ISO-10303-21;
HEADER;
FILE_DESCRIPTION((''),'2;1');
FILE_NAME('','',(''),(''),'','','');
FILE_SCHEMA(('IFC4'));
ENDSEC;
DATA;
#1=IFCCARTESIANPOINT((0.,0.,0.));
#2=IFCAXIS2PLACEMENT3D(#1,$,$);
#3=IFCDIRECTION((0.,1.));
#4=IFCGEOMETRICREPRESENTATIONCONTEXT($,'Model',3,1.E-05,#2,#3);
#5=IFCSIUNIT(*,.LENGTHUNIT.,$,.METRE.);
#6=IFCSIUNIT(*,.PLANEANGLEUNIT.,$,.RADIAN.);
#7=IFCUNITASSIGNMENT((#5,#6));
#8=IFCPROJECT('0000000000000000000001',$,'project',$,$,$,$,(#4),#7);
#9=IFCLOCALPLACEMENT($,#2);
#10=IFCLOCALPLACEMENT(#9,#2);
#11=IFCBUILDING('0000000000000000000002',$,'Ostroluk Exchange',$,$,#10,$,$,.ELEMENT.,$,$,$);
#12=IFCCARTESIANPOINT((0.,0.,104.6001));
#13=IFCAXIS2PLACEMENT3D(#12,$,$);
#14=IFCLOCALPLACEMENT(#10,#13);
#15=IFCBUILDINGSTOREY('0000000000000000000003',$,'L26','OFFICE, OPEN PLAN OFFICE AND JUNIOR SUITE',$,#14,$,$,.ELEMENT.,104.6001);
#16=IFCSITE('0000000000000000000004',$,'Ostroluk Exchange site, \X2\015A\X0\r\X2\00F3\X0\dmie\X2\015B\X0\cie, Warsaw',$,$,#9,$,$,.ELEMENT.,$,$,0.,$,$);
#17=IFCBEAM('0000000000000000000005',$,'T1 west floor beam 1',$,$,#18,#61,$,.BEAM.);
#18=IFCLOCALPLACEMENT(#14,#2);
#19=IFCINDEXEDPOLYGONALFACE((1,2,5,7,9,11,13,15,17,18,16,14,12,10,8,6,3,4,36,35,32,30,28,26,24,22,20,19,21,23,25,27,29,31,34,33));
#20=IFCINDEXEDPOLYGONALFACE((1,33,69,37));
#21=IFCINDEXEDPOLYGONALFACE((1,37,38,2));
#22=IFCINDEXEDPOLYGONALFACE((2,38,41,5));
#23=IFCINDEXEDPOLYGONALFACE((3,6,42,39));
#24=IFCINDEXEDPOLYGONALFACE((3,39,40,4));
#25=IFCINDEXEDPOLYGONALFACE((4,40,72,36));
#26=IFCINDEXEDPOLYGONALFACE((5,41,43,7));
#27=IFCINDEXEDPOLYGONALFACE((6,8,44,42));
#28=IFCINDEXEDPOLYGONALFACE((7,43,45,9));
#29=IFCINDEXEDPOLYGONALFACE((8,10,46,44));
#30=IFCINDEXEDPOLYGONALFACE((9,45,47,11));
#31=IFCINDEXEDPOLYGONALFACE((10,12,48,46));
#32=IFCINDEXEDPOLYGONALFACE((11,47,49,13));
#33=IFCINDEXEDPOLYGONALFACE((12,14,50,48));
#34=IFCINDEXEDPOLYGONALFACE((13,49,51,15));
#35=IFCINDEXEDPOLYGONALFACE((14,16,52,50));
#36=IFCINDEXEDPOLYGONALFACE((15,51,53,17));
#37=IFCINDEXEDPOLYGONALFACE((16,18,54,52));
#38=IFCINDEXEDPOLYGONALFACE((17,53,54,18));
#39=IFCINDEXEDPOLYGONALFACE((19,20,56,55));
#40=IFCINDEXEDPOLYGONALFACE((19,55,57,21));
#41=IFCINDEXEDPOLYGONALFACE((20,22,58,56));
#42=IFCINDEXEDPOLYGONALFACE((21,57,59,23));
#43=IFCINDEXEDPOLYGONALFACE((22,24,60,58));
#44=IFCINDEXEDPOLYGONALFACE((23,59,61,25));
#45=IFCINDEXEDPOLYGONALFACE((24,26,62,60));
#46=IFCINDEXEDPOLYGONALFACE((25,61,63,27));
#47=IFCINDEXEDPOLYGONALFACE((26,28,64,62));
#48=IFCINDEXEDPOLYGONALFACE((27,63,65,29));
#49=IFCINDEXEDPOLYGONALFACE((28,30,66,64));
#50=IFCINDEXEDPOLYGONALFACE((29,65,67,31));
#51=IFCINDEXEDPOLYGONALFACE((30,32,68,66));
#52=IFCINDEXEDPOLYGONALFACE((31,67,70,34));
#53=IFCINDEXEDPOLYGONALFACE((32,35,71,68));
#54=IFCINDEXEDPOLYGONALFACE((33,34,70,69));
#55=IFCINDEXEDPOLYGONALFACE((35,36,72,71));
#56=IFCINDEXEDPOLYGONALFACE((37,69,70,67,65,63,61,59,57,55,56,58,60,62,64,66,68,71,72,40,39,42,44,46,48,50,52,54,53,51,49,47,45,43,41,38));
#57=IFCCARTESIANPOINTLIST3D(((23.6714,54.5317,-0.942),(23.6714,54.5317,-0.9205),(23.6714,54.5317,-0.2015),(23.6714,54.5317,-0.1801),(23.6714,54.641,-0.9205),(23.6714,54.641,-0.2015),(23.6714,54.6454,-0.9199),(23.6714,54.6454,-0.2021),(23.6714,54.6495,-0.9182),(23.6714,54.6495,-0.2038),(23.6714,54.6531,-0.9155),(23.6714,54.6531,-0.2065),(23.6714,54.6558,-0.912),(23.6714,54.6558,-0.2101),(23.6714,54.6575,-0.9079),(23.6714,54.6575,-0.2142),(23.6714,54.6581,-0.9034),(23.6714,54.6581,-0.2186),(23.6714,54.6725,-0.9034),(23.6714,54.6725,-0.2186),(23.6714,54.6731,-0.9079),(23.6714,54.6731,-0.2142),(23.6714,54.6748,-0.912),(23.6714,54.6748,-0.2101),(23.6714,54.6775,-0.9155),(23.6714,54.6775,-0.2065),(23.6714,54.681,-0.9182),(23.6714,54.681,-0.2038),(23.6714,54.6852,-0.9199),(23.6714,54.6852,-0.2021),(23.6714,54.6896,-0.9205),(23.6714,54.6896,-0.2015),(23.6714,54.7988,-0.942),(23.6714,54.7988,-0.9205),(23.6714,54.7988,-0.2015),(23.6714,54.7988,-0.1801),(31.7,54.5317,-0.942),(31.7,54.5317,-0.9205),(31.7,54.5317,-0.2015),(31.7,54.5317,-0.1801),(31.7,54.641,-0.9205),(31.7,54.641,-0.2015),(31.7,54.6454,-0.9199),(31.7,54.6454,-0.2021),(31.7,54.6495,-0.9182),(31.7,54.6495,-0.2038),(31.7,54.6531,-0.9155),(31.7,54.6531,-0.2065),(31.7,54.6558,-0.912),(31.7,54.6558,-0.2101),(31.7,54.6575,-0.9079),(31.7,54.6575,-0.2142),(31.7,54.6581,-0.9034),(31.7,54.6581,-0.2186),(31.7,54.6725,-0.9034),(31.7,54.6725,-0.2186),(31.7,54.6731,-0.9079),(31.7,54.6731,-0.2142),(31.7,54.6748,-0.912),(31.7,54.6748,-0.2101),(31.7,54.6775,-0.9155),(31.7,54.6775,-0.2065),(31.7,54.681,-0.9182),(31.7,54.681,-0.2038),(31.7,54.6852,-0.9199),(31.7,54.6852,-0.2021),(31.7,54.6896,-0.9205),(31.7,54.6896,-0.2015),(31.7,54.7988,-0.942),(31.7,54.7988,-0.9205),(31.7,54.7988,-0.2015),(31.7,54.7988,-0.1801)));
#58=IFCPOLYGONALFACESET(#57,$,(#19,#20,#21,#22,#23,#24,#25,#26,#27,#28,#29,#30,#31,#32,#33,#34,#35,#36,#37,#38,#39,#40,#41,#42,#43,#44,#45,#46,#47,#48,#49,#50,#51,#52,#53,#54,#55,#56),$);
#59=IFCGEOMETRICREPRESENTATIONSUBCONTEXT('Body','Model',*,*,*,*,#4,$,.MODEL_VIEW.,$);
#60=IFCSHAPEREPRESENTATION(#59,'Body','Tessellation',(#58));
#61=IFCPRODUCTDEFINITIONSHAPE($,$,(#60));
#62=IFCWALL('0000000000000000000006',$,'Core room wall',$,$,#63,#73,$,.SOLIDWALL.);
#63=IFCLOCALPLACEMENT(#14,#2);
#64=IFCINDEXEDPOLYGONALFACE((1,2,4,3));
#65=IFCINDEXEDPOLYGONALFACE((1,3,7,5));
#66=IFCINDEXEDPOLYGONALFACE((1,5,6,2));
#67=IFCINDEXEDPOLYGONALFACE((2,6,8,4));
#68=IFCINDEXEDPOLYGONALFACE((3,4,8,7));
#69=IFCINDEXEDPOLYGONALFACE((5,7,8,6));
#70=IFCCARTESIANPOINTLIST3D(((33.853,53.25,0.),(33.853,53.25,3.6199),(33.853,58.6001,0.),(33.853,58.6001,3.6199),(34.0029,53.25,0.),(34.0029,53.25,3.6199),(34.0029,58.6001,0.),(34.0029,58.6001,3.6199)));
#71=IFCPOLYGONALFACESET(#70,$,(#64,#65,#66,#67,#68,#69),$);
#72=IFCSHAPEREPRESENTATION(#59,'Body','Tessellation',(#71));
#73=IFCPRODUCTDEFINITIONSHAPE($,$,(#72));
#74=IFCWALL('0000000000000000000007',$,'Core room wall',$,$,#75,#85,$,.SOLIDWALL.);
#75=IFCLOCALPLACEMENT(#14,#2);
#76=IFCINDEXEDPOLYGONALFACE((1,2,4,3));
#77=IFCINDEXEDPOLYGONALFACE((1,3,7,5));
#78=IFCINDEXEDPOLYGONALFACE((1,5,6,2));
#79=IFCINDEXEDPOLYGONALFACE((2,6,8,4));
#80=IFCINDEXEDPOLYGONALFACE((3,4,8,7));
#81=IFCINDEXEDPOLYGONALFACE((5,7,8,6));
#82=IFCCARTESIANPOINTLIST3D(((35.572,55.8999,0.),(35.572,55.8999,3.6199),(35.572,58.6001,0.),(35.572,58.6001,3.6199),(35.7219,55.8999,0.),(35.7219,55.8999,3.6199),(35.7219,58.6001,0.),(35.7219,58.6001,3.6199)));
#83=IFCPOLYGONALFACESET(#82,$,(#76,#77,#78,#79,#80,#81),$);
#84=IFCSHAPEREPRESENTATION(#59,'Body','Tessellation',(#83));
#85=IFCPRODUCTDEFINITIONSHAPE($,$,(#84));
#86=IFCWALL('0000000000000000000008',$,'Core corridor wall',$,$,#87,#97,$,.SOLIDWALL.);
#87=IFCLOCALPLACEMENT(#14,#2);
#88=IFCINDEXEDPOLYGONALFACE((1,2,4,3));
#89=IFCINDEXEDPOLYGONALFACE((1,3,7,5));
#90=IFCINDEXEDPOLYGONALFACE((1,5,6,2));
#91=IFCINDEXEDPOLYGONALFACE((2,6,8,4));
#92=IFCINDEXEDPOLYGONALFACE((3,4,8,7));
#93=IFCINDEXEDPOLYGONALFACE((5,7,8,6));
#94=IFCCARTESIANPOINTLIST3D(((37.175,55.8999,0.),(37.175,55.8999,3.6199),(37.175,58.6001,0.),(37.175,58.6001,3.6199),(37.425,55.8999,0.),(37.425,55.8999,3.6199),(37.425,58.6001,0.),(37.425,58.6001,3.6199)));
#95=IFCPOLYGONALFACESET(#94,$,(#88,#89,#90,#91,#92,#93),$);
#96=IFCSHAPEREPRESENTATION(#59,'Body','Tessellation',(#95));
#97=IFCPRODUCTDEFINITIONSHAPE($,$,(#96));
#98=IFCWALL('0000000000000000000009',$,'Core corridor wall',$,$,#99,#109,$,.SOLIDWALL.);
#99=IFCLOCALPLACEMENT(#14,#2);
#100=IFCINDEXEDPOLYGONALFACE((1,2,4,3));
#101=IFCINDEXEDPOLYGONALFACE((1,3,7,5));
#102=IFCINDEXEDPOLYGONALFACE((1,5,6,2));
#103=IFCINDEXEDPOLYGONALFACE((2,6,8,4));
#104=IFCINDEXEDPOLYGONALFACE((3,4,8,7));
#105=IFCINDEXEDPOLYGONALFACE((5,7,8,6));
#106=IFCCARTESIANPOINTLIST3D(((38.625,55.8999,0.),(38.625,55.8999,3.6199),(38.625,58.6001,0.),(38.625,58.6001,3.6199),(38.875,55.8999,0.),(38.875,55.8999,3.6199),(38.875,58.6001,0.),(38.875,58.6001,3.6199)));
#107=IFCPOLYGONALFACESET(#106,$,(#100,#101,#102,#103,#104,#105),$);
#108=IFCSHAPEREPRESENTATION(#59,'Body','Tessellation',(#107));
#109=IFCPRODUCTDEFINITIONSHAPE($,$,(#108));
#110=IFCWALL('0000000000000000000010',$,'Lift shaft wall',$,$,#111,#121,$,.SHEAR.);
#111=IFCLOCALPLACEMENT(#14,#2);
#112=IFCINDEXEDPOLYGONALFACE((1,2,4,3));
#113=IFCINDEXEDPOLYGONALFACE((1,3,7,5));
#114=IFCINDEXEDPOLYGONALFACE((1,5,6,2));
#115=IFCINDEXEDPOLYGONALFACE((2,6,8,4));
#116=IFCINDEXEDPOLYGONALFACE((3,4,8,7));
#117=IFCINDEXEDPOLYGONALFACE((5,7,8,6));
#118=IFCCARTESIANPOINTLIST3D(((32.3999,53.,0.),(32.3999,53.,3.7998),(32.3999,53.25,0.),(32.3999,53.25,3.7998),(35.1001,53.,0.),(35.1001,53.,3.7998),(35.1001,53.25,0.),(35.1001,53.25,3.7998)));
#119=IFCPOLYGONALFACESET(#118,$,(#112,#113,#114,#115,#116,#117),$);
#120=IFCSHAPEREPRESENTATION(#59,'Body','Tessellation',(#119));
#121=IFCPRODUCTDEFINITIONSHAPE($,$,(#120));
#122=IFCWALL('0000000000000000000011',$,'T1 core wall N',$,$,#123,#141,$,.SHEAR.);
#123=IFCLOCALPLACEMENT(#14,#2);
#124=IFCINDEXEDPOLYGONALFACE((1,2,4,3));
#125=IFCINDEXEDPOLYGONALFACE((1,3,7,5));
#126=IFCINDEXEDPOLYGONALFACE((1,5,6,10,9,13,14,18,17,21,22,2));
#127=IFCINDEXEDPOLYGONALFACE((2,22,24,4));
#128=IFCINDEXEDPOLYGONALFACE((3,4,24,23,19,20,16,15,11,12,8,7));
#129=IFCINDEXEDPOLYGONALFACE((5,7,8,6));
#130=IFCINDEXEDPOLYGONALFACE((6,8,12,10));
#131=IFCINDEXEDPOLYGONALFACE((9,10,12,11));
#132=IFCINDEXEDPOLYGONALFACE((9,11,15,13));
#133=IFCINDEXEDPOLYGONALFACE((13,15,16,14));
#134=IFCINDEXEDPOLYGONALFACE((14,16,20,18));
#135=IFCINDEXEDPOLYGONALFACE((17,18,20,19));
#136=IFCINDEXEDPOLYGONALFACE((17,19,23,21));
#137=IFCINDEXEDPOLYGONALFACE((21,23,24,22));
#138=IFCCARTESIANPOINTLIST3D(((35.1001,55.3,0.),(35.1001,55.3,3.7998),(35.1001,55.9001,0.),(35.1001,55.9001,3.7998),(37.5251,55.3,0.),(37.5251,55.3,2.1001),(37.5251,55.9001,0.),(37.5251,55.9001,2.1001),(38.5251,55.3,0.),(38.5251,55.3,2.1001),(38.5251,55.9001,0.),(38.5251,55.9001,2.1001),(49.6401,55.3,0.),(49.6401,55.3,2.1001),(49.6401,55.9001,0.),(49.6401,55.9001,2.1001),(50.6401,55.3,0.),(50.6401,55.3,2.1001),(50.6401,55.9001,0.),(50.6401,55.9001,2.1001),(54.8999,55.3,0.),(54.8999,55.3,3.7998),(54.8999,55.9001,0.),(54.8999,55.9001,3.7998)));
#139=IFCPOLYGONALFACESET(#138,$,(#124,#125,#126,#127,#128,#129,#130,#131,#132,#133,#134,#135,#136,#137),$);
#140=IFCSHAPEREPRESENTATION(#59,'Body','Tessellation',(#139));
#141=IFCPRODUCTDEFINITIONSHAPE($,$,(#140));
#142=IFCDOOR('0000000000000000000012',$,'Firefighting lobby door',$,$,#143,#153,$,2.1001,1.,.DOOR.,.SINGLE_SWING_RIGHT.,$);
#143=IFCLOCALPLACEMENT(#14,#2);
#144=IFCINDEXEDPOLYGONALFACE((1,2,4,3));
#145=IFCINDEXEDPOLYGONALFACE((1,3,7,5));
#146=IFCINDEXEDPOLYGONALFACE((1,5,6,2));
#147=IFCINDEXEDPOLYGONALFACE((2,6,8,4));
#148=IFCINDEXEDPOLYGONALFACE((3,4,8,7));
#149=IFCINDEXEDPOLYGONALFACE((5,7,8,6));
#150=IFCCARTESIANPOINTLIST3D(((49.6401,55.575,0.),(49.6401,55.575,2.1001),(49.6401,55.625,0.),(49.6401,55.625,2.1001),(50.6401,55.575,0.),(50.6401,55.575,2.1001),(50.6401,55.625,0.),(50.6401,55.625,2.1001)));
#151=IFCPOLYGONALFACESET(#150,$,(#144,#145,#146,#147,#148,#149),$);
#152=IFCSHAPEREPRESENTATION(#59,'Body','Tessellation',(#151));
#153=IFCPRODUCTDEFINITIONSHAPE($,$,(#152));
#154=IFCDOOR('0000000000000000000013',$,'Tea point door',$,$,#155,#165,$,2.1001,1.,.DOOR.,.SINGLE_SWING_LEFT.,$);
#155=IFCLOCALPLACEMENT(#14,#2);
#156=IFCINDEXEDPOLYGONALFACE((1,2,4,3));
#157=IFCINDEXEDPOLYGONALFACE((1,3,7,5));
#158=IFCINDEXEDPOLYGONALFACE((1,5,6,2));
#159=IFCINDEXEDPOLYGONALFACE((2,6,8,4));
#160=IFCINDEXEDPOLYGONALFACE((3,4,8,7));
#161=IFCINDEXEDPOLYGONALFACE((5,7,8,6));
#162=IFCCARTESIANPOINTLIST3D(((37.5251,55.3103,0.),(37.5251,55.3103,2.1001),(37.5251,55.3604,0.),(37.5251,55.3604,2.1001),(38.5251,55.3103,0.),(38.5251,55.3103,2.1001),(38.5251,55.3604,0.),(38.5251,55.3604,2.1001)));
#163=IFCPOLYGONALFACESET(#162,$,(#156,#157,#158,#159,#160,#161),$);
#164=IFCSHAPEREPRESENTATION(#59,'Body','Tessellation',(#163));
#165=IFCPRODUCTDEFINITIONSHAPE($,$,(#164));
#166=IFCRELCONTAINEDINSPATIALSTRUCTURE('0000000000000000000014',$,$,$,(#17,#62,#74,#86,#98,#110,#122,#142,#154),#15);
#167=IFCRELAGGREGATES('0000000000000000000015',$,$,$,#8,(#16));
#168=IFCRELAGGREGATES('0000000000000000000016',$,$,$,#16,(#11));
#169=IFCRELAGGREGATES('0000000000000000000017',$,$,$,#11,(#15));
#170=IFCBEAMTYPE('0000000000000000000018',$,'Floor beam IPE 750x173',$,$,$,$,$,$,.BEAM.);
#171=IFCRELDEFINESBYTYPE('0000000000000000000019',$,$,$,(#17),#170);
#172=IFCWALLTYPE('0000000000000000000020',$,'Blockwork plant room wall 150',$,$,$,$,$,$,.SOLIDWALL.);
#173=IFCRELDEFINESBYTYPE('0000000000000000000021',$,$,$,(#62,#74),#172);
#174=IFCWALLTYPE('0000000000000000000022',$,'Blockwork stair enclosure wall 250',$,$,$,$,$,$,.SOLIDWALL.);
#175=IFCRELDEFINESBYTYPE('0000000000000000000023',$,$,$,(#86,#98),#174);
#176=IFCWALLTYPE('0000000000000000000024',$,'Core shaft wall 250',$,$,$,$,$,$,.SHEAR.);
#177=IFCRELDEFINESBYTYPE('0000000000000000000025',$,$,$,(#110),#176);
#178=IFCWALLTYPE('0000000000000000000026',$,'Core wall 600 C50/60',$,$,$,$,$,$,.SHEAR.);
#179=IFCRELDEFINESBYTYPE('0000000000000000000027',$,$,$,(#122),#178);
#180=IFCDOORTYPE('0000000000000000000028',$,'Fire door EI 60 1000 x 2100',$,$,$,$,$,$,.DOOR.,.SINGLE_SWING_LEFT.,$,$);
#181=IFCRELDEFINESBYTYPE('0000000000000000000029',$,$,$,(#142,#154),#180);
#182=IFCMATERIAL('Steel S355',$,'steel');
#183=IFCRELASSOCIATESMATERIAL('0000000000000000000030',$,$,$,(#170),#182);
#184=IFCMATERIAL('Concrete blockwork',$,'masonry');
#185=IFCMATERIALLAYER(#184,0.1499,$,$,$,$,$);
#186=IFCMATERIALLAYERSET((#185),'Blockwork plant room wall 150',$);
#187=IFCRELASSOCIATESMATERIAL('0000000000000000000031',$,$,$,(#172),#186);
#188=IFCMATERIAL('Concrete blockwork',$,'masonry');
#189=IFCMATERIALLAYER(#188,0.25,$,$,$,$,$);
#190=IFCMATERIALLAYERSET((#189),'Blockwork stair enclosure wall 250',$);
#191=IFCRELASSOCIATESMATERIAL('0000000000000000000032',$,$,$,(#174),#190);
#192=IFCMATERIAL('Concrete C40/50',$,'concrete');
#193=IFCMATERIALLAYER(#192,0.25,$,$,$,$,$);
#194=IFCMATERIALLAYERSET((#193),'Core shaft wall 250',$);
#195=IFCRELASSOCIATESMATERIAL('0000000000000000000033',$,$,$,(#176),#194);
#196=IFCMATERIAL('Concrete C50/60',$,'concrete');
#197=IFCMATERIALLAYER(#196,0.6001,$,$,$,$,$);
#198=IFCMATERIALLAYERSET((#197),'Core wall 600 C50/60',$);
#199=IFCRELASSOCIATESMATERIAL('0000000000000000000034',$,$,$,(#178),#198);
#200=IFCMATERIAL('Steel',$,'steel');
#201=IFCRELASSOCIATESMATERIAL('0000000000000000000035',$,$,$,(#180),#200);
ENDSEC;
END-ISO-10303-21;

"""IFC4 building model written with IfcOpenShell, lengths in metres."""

from ifc_helpers import new_model, si_unit, direction, frame, frame_2d, origin, origin_2d, place, context, subcontext, project, spatial, rectangle, i_section, extrude, material, layer, layer_set, material_profile, profile_set, type_object, element, fill, save


model = new_model("IFC4")

# Units and contexts
model_context = context("Model", 3, precision=1e-05, world=origin(), true_north=direction((0.0, 1.0)))
body_context = subcontext(model_context, "Body", "Model", "MODEL_VIEW")
ifc_project = project(units=[si_unit("LENGTHUNIT", "METRE"), si_unit("PLANEANGLEUNIT", "RADIAN")], contexts=[model_context])

# Site, building, storey
site_placement = place(None, origin())
site = spatial("IfcSite", under=ifc_project, at=site_placement, Name="Ostroluk Exchange site, Śródmieście, Warsaw", CompositionType="ELEMENT", RefElevation=0.0)
building_placement = place(site_placement, origin())
building = spatial("IfcBuilding", under=site, at=building_placement, Name="Ostroluk Exchange", CompositionType="ELEMENT")
storey_placement = place(building_placement, frame((0.0, 0.0, 104.6001)))
storey = spatial("IfcBuildingStorey", under=building, at=storey_placement, Name="L26", Description="OFFICE, OPEN PLAN OFFICE AND JUNIOR SUITE", CompositionType="ELEMENT", Elevation=104.6001)

# Beam
ifc_material_1 = material(Name="Steel S355", Category="steel")
ifc_material_profile = material_profile(ifc_material_1, i_section(OverallWidth=0.2671, OverallDepth=0.762, WebThickness=0.0144, FlangeThickness=0.0215, FilletRadius=0.0171, at=origin_2d()), Name="IPE 750x173")
ifc_profile_set = profile_set([ifc_material_profile], Name="Steel S355")
beam_type = type_object("IfcBeamType", Name="Floor beam IPE 750x173", PredefinedType="BEAM", material=ifc_profile_set)
beam_placement = place(storey_placement, frame((31.7, 54.6653, -0.561), z_axis=(-1.0, 0.0, 0.0), x_axis=(0.0, -1.0, 0.0)))
element("IfcBeam", 1, at=beam_placement, inside=storey, type_object=beam_type, Name="T1 west floor beam 1", PredefinedType="BEAM", context=body_context, shape_type="SweptSolid", body=[
    extrude(i_section(OverallWidth=0.2671, OverallDepth=0.762, WebThickness=0.0144, FlangeThickness=0.0215, FilletRadius=0.0171, at=origin_2d()), origin(), (0.0, 0.0, 1.0), 8.0286),
])

# Walls
ifc_material_2 = material(Name="Concrete blockwork", Category="masonry")
ifc_layer_1 = layer(ifc_material_2, 0.1499)
ifc_layer_set_1 = layer_set([ifc_layer_1], Name="Blockwork plant room wall 150")
wall_type_1 = type_object("IfcWallType", Name="Blockwork plant room wall 150", PredefinedType="SOLIDWALL", material=ifc_layer_set_1)
wall_1_placement = place(storey_placement, frame((33.928, 53.25, 0.0), z_axis=(0.0, 0.0, 1.0), x_axis=(0.0, 1.0, 0.0)))
element("IfcWall", 2, at=wall_1_placement, inside=storey, type_object=wall_type_1, Name="Core room wall", PredefinedType="SOLIDWALL", context=body_context, shape_type="SweptSolid", body=[
    extrude(rectangle(XDim=5.3501, YDim=0.1499, at=frame_2d((2.675, 0.0))), origin(), (0.0, 0.0, 1.0), 3.6199),
])
wall_2_placement = place(storey_placement, frame((35.647, 55.8999, 0.0), z_axis=(0.0, 0.0, 1.0), x_axis=(0.0, 1.0, 0.0)))
element("IfcWall", 3, at=wall_2_placement, inside=storey, type_object=wall_type_1, Name="Core room wall", PredefinedType="SOLIDWALL", context=body_context, shape_type="SweptSolid", body=[
    extrude(rectangle(XDim=2.7002, YDim=0.1499, at=frame_2d((1.3501, 0.0))), origin(), (0.0, 0.0, 1.0), 3.6199),
])
ifc_material_3 = material(Name="Concrete blockwork", Category="masonry")
ifc_layer_2 = layer(ifc_material_3, 0.25)
ifc_layer_set_2 = layer_set([ifc_layer_2], Name="Blockwork stair enclosure wall 250")
wall_type_2 = type_object("IfcWallType", Name="Blockwork stair enclosure wall 250", PredefinedType="SOLIDWALL", material=ifc_layer_set_2)
for number, where, z_axis, x_axis, name in (
    (4, (37.3, 55.8999, 0.0), (0.0, 0.0, 1.0), (0.0, 1.0, 0.0), "Core corridor wall"),
    (5, (38.75, 55.8999, 0.0), (0.0, 0.0, 1.0), (0.0, 1.0, 0.0), "Core corridor wall"),
):
    element("IfcWall", number, at=place(storey_placement, frame(where, z_axis=z_axis, x_axis=x_axis)), inside=storey, type_object=wall_type_2, Name=name, PredefinedType="SOLIDWALL", context=body_context, shape_type="SweptSolid", body=[
        extrude(rectangle(XDim=2.7002, YDim=0.25, at=frame_2d((1.3501, 0.0))), origin(), (0.0, 0.0, 1.0), 3.6199),
    ])
ifc_material_4 = material(Name="Concrete C40/50", Category="concrete")
ifc_layer_3 = layer(ifc_material_4, 0.25)
ifc_layer_set_3 = layer_set([ifc_layer_3], Name="Core shaft wall 250")
wall_type_3 = type_object("IfcWallType", Name="Core shaft wall 250", PredefinedType="SHEAR", material=ifc_layer_set_3)
wall_3_placement = place(storey_placement, frame((32.3999, 53.125, 0.0), z_axis=(0.0, 0.0, 1.0), x_axis=(1.0, 0.0, 0.0)))
element("IfcWall", 6, at=wall_3_placement, inside=storey, type_object=wall_type_3, Name="Lift shaft wall", PredefinedType="SHEAR", context=body_context, shape_type="SweptSolid", body=[
    extrude(rectangle(XDim=2.7002, YDim=0.25, at=frame_2d((1.3501, 0.0))), origin(), (0.0, 0.0, 1.0), 3.7998),
])

# Wall, openings, doors
ifc_material_5 = material(Name="Concrete C50/60", Category="concrete")
ifc_layer_4 = layer(ifc_material_5, 0.6001)
ifc_layer_set_4 = layer_set([ifc_layer_4], Name="Core wall 600 C50/60")
wall_type_4 = type_object("IfcWallType", Name="Core wall 600 C50/60", PredefinedType="SHEAR", material=ifc_layer_set_4)
wall_4_placement = place(storey_placement, frame((35.1001, 55.6001, 0.0), z_axis=(0.0, 0.0, 1.0), x_axis=(1.0, 0.0, 0.0)))
wall_4 = element("IfcWall", 7, at=wall_4_placement, inside=storey, type_object=wall_type_4, Name="T1 core wall N", PredefinedType="SHEAR", context=body_context, shape_type="SweptSolid", body=[
    extrude(rectangle(XDim=19.7998, YDim=0.6001, at=frame_2d((9.8999, 0.0))), origin(), (0.0, 0.0, 1.0), 3.7998),
])
opening_1_placement = place(wall_4_placement, frame((14.54, 0.0, 0.0)))
opening_1 = element("IfcOpeningElement", 8, at=opening_1_placement, cuts=wall_4, PredefinedType="OPENING", context=body_context, shape_type="SweptSolid", body=[
    extrude(rectangle(XDim=1.0, YDim=2.1001, at=frame_2d((0.5, 1.05))), frame((0.0, 0.3101, 0.0), z_axis=(0.0, -1.0, 0.0), x_axis=(1.0, 0.0, 0.0)), (0.0, 0.0, 1.0), 0.6201),
])
opening_2_placement = place(wall_4_placement, frame((2.425, 0.0, 0.0)))
opening_2 = element("IfcOpeningElement", 9, at=opening_2_placement, cuts=wall_4, PredefinedType="OPENING", context=body_context, shape_type="SweptSolid", body=[
    extrude(rectangle(XDim=1.0, YDim=2.1001, at=frame_2d((0.5, 1.05))), frame((0.0, 0.3101, 0.0), z_axis=(0.0, -1.0, 0.0), x_axis=(1.0, 0.0, 0.0)), (0.0, 0.0, 1.0), 0.6201),
])
ifc_material_6 = material(Name="Steel", Category="steel")
door_type = type_object("IfcDoorType", Name="Fire door EI 60 1000 x 2100", OperationType="SINGLE_SWING_LEFT", PredefinedType="DOOR", material=ifc_material_6)
door_1_placement = place(opening_1_placement, origin())
door_1 = element("IfcDoor", 10, at=door_1_placement, inside=storey, type_object=door_type, Name="Firefighting lobby door", OperationType="SINGLE_SWING_RIGHT", OverallHeight=2.1001, OverallWidth=1.0, PredefinedType="DOOR", context=body_context, shape_type="SweptSolid", body=[
    extrude(rectangle(XDim=1.0, YDim=2.1001, at=frame_2d((0.5, 1.05))), frame((0.0, 0.0249, 0.0), z_axis=(0.0, -1.0, 0.0), x_axis=(1.0, 0.0, 0.0)), (0.0, 0.0, 1.0), 0.05),
])
fill(opening_1, door_1)
door_2_placement = place(opening_2_placement, origin())
door_2 = element("IfcDoor", 11, at=door_2_placement, inside=storey, type_object=door_type, Name="Tea point door", OperationType="SINGLE_SWING_LEFT", OverallHeight=2.1001, OverallWidth=1.0, PredefinedType="DOOR", context=body_context, shape_type="SweptSolid", body=[
    extrude(rectangle(XDim=1.0, YDim=2.1001, at=frame_2d((0.5, 1.05))), frame((0.0, -0.2397, 0.0), z_axis=(0.0, -1.0, 0.0), x_axis=(1.0, 0.0, 0.0)), (0.0, 0.0, 1.0), 0.05),
])
fill(opening_2, door_2)

save(model, "model.ifc")
